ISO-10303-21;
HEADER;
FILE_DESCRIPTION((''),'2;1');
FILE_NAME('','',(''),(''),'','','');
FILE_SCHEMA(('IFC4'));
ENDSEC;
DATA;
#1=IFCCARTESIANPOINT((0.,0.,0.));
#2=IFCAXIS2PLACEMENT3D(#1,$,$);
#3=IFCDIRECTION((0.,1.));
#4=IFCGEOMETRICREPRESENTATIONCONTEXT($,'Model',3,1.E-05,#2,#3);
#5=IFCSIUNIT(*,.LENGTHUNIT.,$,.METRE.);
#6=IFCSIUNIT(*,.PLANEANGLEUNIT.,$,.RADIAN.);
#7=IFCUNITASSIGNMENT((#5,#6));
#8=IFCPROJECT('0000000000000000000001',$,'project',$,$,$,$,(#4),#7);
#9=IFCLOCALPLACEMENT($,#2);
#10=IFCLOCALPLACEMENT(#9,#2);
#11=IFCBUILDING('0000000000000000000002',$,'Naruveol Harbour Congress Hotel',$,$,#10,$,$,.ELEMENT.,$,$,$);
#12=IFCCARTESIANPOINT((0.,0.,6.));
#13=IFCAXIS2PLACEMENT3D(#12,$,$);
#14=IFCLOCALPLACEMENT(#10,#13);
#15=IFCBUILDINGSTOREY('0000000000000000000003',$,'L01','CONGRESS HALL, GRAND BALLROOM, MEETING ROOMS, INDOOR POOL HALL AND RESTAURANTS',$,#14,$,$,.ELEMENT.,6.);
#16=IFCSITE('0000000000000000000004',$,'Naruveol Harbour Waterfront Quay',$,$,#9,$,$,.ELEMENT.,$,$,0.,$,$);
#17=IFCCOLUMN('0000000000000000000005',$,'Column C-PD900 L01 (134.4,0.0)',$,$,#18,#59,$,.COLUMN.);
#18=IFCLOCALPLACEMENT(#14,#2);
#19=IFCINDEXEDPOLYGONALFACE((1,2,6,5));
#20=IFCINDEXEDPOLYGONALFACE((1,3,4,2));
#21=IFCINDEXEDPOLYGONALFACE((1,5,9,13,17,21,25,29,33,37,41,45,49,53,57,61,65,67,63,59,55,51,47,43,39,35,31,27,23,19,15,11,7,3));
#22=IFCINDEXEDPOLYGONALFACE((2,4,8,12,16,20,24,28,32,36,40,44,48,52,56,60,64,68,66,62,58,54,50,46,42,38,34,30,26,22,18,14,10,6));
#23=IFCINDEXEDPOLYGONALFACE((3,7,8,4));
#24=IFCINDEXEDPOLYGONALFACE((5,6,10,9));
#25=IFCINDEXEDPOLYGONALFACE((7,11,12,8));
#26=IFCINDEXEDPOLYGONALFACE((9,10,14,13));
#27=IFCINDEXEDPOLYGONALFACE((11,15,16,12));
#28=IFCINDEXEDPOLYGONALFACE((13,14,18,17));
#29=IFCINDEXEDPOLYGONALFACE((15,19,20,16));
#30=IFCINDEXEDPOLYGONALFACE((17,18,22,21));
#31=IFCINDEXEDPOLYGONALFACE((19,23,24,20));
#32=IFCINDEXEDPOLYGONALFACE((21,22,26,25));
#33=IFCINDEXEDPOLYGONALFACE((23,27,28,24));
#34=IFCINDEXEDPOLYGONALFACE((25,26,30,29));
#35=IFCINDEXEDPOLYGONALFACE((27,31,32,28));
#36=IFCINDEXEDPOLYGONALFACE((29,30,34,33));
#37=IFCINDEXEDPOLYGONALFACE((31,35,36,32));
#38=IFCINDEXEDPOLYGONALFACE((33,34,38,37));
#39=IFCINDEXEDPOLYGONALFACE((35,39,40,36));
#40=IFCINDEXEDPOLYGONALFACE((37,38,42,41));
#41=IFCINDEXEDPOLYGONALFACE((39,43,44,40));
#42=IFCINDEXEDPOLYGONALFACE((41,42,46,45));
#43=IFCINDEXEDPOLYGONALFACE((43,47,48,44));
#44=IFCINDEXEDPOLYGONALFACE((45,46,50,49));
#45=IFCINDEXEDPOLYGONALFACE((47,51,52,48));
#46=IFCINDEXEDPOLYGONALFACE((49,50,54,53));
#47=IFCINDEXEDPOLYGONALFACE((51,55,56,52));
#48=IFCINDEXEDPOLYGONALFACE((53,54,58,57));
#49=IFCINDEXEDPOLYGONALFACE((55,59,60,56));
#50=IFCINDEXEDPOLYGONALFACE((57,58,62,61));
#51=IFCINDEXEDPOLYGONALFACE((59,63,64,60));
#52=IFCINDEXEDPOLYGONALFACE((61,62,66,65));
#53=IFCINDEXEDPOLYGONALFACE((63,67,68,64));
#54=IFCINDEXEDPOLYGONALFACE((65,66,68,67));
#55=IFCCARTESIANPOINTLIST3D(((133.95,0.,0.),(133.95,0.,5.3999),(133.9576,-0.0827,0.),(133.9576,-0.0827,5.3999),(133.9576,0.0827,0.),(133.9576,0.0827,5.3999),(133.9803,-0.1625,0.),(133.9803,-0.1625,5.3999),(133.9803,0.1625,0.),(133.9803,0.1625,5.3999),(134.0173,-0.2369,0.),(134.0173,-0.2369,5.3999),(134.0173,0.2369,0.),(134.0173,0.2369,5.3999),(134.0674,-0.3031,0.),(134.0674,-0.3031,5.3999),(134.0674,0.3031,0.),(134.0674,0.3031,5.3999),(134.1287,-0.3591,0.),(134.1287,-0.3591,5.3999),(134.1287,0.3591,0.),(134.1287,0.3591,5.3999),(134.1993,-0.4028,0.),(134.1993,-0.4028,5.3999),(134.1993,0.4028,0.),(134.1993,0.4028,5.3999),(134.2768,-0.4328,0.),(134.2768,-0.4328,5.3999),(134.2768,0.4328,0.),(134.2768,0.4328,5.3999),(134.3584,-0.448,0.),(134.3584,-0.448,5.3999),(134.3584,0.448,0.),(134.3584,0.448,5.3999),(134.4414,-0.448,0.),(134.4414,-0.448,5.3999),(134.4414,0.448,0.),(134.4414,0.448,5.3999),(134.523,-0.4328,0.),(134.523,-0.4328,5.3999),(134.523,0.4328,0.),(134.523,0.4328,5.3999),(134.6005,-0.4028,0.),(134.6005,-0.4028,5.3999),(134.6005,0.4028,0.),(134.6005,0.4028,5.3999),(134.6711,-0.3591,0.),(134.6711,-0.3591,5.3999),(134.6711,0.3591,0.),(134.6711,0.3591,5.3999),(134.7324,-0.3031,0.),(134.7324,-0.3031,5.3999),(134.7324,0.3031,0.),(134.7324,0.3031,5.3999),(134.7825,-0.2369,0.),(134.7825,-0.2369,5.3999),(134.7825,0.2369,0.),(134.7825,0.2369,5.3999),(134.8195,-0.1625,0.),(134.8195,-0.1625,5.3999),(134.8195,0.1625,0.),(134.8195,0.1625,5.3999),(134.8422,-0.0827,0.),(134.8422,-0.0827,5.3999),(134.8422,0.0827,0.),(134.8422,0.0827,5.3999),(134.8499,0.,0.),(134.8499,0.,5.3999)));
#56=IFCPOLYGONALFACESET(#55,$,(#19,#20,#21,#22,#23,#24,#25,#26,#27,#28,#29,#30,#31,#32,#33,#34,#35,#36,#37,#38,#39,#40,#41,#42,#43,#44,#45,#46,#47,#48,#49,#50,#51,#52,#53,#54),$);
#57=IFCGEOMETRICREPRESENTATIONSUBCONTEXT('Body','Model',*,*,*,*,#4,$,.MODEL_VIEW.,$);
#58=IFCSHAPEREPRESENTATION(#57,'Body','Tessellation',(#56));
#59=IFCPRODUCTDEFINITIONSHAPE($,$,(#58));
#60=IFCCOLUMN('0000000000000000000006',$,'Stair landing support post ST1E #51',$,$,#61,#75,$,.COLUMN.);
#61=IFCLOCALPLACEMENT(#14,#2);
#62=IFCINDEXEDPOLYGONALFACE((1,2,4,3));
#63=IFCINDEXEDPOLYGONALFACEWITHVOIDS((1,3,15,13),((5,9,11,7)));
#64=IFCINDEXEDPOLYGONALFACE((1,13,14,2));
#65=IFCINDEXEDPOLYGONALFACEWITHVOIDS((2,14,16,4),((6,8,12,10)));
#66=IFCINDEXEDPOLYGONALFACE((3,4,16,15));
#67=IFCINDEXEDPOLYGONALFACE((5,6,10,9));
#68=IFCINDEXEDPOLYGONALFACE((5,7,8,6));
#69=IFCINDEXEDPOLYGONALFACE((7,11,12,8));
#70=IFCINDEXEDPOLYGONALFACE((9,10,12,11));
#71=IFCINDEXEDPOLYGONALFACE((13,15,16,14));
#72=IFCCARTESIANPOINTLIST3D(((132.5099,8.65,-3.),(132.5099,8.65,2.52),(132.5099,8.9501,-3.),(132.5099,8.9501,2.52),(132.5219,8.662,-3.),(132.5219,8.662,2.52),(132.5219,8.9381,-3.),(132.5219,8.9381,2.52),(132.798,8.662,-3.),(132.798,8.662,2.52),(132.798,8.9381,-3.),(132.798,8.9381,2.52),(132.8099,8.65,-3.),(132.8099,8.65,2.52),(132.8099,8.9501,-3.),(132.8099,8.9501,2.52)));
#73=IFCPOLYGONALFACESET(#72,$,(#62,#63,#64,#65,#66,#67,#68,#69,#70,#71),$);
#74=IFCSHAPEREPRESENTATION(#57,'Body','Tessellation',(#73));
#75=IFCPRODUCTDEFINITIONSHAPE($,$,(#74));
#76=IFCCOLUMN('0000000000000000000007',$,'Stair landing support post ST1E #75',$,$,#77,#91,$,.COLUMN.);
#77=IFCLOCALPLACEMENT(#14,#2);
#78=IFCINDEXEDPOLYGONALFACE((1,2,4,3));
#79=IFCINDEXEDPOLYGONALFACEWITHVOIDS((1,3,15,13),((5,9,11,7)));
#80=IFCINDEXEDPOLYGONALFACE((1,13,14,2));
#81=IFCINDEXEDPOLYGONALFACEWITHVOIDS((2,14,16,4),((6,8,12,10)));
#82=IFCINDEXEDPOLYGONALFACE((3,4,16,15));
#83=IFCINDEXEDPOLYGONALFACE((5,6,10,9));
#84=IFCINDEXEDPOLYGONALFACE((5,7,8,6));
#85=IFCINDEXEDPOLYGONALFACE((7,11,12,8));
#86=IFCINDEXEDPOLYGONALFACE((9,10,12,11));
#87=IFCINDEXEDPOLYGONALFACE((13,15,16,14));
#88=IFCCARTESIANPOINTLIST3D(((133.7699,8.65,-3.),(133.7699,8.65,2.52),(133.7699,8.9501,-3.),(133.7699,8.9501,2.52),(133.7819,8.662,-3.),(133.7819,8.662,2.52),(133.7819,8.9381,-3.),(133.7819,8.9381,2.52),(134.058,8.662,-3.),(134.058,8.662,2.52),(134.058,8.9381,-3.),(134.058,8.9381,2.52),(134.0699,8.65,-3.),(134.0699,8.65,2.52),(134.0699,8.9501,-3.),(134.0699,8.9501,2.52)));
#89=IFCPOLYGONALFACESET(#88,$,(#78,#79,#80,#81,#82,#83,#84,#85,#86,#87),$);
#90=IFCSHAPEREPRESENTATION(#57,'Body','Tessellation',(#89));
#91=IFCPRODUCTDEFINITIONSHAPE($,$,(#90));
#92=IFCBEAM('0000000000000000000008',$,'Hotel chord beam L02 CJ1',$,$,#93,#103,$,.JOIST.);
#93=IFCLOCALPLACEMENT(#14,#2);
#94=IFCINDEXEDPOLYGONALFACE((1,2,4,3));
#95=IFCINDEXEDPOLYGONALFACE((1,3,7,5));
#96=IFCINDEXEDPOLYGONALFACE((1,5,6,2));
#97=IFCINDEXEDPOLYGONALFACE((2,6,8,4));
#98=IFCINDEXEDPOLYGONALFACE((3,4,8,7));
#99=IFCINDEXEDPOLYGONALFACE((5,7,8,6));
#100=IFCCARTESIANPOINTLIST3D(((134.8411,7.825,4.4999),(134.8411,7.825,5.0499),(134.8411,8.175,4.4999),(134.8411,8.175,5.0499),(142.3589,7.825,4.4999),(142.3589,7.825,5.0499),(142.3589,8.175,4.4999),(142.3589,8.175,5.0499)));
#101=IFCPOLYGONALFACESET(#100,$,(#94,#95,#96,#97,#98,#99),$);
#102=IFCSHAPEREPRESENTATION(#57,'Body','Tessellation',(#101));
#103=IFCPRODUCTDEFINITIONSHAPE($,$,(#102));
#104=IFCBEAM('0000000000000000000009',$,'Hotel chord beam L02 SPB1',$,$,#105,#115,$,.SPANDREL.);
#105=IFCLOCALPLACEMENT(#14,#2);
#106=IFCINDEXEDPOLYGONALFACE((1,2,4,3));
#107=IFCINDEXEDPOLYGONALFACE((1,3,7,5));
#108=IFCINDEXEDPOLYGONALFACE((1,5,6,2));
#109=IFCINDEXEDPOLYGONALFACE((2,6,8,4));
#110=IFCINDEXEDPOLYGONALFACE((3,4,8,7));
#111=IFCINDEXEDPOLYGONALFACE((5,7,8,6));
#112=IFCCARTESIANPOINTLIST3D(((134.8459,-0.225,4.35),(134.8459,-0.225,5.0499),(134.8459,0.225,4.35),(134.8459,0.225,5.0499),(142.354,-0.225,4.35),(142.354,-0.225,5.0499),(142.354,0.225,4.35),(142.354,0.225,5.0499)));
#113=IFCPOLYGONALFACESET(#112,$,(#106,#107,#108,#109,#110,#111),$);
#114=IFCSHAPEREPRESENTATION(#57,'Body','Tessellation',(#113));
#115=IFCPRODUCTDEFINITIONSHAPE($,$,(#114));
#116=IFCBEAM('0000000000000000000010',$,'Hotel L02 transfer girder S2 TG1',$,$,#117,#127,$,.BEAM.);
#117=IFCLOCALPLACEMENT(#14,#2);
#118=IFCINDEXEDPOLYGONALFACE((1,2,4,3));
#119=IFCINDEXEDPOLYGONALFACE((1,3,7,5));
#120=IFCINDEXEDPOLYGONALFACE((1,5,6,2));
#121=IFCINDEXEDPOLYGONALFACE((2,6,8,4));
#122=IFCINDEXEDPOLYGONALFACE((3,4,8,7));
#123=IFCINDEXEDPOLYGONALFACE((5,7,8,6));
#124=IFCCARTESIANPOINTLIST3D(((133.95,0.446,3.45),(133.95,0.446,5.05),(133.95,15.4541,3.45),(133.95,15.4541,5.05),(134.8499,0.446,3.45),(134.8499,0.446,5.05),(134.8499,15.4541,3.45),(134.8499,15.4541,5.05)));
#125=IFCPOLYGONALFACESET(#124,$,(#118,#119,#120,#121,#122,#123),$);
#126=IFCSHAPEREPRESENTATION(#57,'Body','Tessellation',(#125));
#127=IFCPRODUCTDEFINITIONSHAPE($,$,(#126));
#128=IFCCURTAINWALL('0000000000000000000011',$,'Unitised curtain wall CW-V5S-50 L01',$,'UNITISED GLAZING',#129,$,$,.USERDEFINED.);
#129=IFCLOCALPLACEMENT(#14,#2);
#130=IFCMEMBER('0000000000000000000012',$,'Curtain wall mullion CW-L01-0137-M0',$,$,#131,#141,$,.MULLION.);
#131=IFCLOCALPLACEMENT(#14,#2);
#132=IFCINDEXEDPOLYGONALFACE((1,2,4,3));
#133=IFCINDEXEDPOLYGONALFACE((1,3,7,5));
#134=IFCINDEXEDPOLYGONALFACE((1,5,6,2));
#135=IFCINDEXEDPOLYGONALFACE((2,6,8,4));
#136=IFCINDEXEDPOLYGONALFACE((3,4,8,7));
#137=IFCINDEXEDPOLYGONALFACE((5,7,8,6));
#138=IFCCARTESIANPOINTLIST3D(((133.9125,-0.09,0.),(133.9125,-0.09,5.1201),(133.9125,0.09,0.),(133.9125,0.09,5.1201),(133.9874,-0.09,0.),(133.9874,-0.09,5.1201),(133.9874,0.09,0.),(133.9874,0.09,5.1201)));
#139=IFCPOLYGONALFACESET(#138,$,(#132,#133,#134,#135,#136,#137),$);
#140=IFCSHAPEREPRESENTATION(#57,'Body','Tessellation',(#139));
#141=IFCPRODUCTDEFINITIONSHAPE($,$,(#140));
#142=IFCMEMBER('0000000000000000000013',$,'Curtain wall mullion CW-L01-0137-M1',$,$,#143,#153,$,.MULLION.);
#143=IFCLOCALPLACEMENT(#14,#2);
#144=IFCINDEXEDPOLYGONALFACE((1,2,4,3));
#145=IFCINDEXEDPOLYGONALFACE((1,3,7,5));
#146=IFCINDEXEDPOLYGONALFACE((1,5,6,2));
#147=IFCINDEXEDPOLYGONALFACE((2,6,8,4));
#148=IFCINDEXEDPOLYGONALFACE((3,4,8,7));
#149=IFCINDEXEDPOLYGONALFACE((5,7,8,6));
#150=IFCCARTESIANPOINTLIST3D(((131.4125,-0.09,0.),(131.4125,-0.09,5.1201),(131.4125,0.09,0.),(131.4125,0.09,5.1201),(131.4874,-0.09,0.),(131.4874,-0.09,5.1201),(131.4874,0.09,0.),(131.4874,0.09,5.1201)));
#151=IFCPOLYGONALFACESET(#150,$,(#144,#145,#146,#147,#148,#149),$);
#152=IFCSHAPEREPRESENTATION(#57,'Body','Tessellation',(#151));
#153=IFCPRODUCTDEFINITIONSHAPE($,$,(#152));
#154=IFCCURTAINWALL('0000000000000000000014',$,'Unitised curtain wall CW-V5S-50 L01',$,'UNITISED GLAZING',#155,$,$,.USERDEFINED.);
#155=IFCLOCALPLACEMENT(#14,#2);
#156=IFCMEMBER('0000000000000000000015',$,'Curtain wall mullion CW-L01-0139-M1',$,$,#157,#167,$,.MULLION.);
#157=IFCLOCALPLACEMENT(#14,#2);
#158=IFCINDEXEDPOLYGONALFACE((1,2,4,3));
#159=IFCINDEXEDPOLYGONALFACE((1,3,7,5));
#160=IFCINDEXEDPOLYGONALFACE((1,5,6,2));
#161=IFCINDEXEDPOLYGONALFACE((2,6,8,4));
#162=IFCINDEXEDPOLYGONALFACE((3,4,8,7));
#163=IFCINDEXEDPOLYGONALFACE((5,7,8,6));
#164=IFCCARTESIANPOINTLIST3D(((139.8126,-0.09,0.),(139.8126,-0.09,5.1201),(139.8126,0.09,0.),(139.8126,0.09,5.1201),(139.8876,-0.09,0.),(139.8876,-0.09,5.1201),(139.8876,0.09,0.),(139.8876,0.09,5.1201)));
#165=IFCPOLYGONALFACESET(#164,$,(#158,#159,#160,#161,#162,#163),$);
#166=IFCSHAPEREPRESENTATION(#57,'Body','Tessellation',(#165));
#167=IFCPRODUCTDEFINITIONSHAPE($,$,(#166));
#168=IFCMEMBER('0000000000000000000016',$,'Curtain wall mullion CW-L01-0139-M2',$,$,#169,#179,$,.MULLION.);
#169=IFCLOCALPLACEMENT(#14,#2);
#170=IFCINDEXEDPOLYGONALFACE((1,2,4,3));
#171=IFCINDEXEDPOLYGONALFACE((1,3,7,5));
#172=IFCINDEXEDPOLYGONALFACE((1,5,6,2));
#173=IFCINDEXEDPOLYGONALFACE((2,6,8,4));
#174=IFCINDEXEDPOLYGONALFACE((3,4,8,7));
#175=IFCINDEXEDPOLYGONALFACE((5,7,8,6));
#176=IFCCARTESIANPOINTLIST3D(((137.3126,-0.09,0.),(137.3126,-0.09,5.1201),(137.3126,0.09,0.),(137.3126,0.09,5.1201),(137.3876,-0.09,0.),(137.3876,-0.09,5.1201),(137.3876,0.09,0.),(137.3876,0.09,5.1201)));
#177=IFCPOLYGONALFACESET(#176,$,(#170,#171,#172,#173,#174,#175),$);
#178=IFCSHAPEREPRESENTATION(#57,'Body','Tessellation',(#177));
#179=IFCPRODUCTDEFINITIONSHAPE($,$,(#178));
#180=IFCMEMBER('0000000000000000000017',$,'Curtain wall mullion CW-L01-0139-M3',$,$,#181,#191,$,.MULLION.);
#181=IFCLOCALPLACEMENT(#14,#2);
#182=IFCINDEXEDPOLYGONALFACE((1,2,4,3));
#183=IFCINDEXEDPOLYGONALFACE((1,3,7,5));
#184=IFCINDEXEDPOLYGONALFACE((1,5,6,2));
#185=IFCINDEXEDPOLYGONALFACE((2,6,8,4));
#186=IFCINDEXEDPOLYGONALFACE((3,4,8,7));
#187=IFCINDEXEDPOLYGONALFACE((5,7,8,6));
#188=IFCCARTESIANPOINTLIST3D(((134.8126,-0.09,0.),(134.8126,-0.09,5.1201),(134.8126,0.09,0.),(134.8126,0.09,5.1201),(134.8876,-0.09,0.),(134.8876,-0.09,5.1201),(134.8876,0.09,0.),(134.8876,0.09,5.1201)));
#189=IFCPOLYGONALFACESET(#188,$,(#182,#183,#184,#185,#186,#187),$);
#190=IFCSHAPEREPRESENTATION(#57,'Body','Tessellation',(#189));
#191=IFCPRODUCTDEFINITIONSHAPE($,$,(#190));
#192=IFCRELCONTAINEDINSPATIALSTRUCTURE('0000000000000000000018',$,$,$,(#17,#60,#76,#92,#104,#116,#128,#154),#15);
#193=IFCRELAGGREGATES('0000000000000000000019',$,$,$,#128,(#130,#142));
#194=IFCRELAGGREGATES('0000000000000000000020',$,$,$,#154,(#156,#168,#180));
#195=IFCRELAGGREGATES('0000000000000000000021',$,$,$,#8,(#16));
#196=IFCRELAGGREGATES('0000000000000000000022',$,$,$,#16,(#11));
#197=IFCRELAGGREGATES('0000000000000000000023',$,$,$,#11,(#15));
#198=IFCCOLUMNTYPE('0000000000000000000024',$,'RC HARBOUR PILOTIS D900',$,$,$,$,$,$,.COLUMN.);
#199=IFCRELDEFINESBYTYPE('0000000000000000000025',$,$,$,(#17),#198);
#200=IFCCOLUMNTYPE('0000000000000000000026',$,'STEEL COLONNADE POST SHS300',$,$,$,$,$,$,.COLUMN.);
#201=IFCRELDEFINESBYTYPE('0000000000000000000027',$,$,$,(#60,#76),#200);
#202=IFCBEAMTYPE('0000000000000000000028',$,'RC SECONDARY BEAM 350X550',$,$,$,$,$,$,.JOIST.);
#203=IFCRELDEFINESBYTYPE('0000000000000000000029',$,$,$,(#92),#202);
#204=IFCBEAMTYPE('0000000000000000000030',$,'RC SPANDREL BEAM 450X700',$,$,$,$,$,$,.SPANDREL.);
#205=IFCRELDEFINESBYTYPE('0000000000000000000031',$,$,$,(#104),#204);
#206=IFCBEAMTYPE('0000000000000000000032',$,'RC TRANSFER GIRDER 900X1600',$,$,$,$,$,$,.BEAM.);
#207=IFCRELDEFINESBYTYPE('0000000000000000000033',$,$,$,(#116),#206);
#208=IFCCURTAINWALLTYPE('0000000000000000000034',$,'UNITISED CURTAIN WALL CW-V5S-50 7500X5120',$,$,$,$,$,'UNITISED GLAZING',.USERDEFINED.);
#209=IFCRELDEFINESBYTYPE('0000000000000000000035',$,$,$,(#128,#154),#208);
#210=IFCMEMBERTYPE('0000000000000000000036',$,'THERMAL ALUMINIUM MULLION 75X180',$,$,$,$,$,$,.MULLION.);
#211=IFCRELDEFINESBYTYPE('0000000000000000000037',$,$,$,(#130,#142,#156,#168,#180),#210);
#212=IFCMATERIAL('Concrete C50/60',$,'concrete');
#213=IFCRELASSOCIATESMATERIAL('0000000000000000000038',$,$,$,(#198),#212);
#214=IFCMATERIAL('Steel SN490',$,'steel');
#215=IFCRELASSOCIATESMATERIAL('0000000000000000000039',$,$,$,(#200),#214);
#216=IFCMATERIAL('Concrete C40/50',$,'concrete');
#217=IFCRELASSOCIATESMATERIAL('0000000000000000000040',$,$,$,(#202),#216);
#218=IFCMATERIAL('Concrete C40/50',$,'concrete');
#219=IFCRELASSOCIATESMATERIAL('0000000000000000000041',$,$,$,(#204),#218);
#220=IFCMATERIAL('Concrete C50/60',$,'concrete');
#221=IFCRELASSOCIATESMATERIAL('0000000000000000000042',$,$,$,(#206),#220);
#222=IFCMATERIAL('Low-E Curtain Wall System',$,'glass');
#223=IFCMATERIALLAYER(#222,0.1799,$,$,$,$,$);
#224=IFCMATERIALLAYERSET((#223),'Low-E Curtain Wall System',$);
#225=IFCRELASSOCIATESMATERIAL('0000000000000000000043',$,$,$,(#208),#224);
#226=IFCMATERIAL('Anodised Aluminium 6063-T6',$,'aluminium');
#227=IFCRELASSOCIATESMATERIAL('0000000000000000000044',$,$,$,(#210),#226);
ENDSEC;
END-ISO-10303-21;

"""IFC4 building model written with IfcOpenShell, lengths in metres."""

from ifc_helpers import new_model, si_unit, direction, frame, origin, origin_2d, place, context, subcontext, project, spatial, rectangle, hollow_rectangle, circle, extrude, material, layer, layer_set, material_profile, profile_set, type_object, element, aggregate, save


model = new_model("IFC4")

# Units and contexts
model_context = context("Model", 3, precision=1e-05, world=origin(), true_north=direction((0.0, 1.0)))
body_context = subcontext(model_context, "Body", "Model", "MODEL_VIEW")
ifc_project = project(units=[si_unit("LENGTHUNIT", "METRE"), si_unit("PLANEANGLEUNIT", "RADIAN")], contexts=[model_context])

# Site, building, storey
site_placement = place(None, origin())
site = spatial("IfcSite", under=ifc_project, at=site_placement, Name="Naruveol Harbour Waterfront Quay", CompositionType="ELEMENT", RefElevation=0.0)
building_placement = place(site_placement, origin())
building = spatial("IfcBuilding", under=site, at=building_placement, Name="Naruveol Harbour Congress Hotel", CompositionType="ELEMENT")
storey_placement = place(building_placement, frame((0.0, 0.0, 6.0)))
storey = spatial("IfcBuildingStorey", under=building, at=storey_placement, Name="L01", Description="CONGRESS HALL, GRAND BALLROOM, MEETING ROOMS, INDOOR POOL HALL AND RESTAURANTS", CompositionType="ELEMENT", Elevation=6.0)

# Columns
ifc_material_1 = material(Name="Concrete C50/60", Category="concrete")
ifc_material_profile_1 = material_profile(ifc_material_1, circle(Radius=0.45, at=origin_2d()), Name="RC-D900")
ifc_profile_set_1 = profile_set([ifc_material_profile_1], Name="Concrete C50/60")
column_type_1 = type_object("IfcColumnType", Name="RC HARBOUR PILOTIS D900", PredefinedType="COLUMN", material=ifc_profile_set_1)
column_placement = place(storey_placement, frame((134.3999, 0.0, 0.0), z_axis=(0.0, 0.0, 1.0), x_axis=(1.0, 0.0, 0.0)))
element("IfcColumn", 1, at=column_placement, inside=storey, type_object=column_type_1, Name="Column C-PD900 L01 (134.4,0.0)", PredefinedType="COLUMN", context=body_context, shape_type="SweptSolid", body=[
    extrude(circle(Radius=0.45, at=origin_2d()), origin(), (0.0, 0.0, 1.0), 5.3999),
])
ifc_material_2 = material(Name="Steel SN490", Category="steel")
ifc_material_profile_2 = material_profile(ifc_material_2, hollow_rectangle(XDim=0.3, YDim=0.3, WallThickness=0.012, at=origin_2d()), Name="SHS-300x300x12")
ifc_profile_set_2 = profile_set([ifc_material_profile_2], Name="Steel SN490")
column_type_2 = type_object("IfcColumnType", Name="STEEL COLONNADE POST SHS300", PredefinedType="COLUMN", material=ifc_profile_set_2)
for number, where, z_axis, x_axis, name in (
    (2, (132.6599, 8.8, -3.0), (0.0, 0.0, 1.0), (1.0, 0.0, 0.0), "Stair landing support post ST1E #51"),
    (3, (133.9199, 8.8, -3.0), (0.0, 0.0, 1.0), (1.0, 0.0, 0.0), "Stair landing support post ST1E #75"),
):
    element("IfcColumn", number, at=place(storey_placement, frame(where, z_axis=z_axis, x_axis=x_axis)), inside=storey, type_object=column_type_2, Name=name, PredefinedType="COLUMN", context=body_context, shape_type="SweptSolid", body=[
        extrude(hollow_rectangle(XDim=0.3, YDim=0.3, WallThickness=0.012, at=origin_2d()), origin(), (0.0, 0.0, 1.0), 5.52),
    ])

# Beams
ifc_material_3 = material(Name="Concrete C40/50", Category="concrete")
ifc_material_profile_3 = material_profile(ifc_material_3, rectangle(XDim=0.3501, YDim=0.55, at=origin_2d()), Name="RCB-350x550")
ifc_profile_set_3 = profile_set([ifc_material_profile_3], Name="Concrete C40/50")
beam_type_1 = type_object("IfcBeamType", Name="RC SECONDARY BEAM 350X550", PredefinedType="JOIST", material=ifc_profile_set_3)
beam_1_placement = place(storey_placement, frame((134.8411, 8.0, 4.7749), z_axis=(1.0, 0.0, 0.0), x_axis=(0.0, 1.0, 0.0)))
element("IfcBeam", 4, at=beam_1_placement, inside=storey, type_object=beam_type_1, Name="Hotel chord beam L02 CJ1", PredefinedType="JOIST", context=body_context, shape_type="SweptSolid", body=[
    extrude(rectangle(XDim=0.3501, YDim=0.55, at=origin_2d()), origin(), (0.0, 0.0, 1.0), 7.5178),
])
ifc_material_4 = material(Name="Concrete C40/50", Category="concrete")
ifc_material_profile_4 = material_profile(ifc_material_4, rectangle(XDim=0.45, YDim=0.7, at=origin_2d()), Name="RCB-450x700")
ifc_profile_set_4 = profile_set([ifc_material_profile_4], Name="Concrete C40/50")
beam_type_2 = type_object("IfcBeamType", Name="RC SPANDREL BEAM 450X700", PredefinedType="SPANDREL", material=ifc_profile_set_4)
beam_2_placement = place(storey_placement, frame((134.8459, 0.0, 4.7), z_axis=(1.0, 0.0, 0.0), x_axis=(0.0, 1.0, 0.0)))
element("IfcBeam", 5, at=beam_2_placement, inside=storey, type_object=beam_type_2, Name="Hotel chord beam L02 SPB1", PredefinedType="SPANDREL", context=body_context, shape_type="SweptSolid", body=[
    extrude(rectangle(XDim=0.45, YDim=0.7, at=origin_2d()), origin(), (0.0, 0.0, 1.0), 7.5081),
])
ifc_material_5 = material(Name="Concrete C50/60", Category="concrete")
ifc_material_profile_5 = material_profile(ifc_material_5, rectangle(XDim=0.8999, YDim=1.6001, at=origin_2d()), Name="RCB-900x1600")
ifc_profile_set_5 = profile_set([ifc_material_profile_5], Name="Concrete C50/60")
beam_type_3 = type_object("IfcBeamType", Name="RC TRANSFER GIRDER 900X1600", PredefinedType="BEAM", material=ifc_profile_set_5)
beam_3_placement = place(storey_placement, frame((134.3999, 0.446, 4.25), z_axis=(0.0, 1.0, 0.0), x_axis=(-1.0, 0.0, 0.0)))
element("IfcBeam", 6, at=beam_3_placement, inside=storey, type_object=beam_type_3, Name="Hotel L02 transfer girder S2 TG1", PredefinedType="BEAM", context=body_context, shape_type="SweptSolid", body=[
    extrude(rectangle(XDim=0.8999, YDim=1.6001, at=origin_2d()), origin(), (0.0, 0.0, 1.0), 15.0081),
])

# Curtain walls, members
ifc_material_6 = material(Name="Low-E Curtain Wall System", Category="glass")
ifc_layer_1 = layer(ifc_material_6, 0.1799)
ifc_layer_set_1 = layer_set([ifc_layer_1], Name="Low-E Curtain Wall System")
curtain_wall_type = type_object("IfcCurtainWallType", Name="UNITISED CURTAIN WALL CW-V5S-50 7500X5120", ElementType="UNITISED GLAZING", PredefinedType="USERDEFINED", material=ifc_layer_set_1)
curtain_wall_1_placement = place(storey_placement, origin())
curtain_wall_1 = element("IfcCurtainWall", 7, at=curtain_wall_1_placement, inside=storey, type_object=curtain_wall_type, Name="Unitised curtain wall CW-V5S-50 L01", ObjectType="UNITISED GLAZING", PredefinedType="USERDEFINED")
ifc_material_7 = material(Name="Anodised Aluminium 6063-T6", Category="aluminium")
ifc_material_profile_6 = material_profile(ifc_material_7, rectangle(XDim=0.075, YDim=0.1799, at=origin_2d()), Name="ALU-75x180")
ifc_profile_set_6 = profile_set([ifc_material_profile_6], Name="Anodised Aluminium 6063-T6")
member_type_1 = type_object("IfcMemberType", Name="THERMAL ALUMINIUM MULLION 75X180", PredefinedType="MULLION", material=ifc_profile_set_6)
member_1_placement = place(storey_placement, frame((133.95, 0.0, 0.0), z_axis=(0.0, 0.0, 1.0), x_axis=(1.0, 0.0, 0.0)))
member_1 = element("IfcMember", 8, at=member_1_placement, type_object=member_type_1, Name="Curtain wall mullion CW-L01-0137-M0", PredefinedType="MULLION", context=body_context, shape_type="SweptSolid", body=[
    extrude(rectangle(XDim=0.075, YDim=0.1799, at=origin_2d()), origin(), (0.0, 0.0, 1.0), 5.1201),
])
member_2_placement = place(storey_placement, frame((131.45, 0.0, 0.0), z_axis=(0.0, 0.0, 1.0), x_axis=(1.0, 0.0, 0.0)))
member_2 = element("IfcMember", 9, at=member_2_placement, type_object=member_type_1, Name="Curtain wall mullion CW-L01-0137-M1", PredefinedType="MULLION", context=body_context, shape_type="SweptSolid", body=[
    extrude(rectangle(XDim=0.075, YDim=0.1799, at=origin_2d()), origin(), (0.0, 0.0, 1.0), 5.1201),
])
curtain_wall_2_placement = place(storey_placement, origin())
curtain_wall_2 = element("IfcCurtainWall", 10, at=curtain_wall_2_placement, inside=storey, type_object=curtain_wall_type, Name="Unitised curtain wall CW-V5S-50 L01", ObjectType="UNITISED GLAZING", PredefinedType="USERDEFINED")
member_3_placement = place(storey_placement, frame((139.8501, 0.0, 0.0), z_axis=(0.0, 0.0, 1.0), x_axis=(1.0, 0.0, 0.0)))
member_3 = element("IfcMember", 11, at=member_3_placement, type_object=member_type_1, Name="Curtain wall mullion CW-L01-0139-M1", PredefinedType="MULLION", context=body_context, shape_type="SweptSolid", body=[
    extrude(rectangle(XDim=0.075, YDim=0.1799, at=origin_2d()), origin(), (0.0, 0.0, 1.0), 5.1201),
])
member_4_placement = place(storey_placement, frame((137.3501, 0.0, 0.0), z_axis=(0.0, 0.0, 1.0), x_axis=(1.0, 0.0, 0.0)))
member_4 = element("IfcMember", 12, at=member_4_placement, type_object=member_type_1, Name="Curtain wall mullion CW-L01-0139-M2", PredefinedType="MULLION", context=body_context, shape_type="SweptSolid", body=[
    extrude(rectangle(XDim=0.075, YDim=0.1799, at=origin_2d()), origin(), (0.0, 0.0, 1.0), 5.1201),
])
member_5_placement = place(storey_placement, frame((134.8501, 0.0, 0.0), z_axis=(0.0, 0.0, 1.0), x_axis=(1.0, 0.0, 0.0)))
member_5 = element("IfcMember", 13, at=member_5_placement, type_object=member_type_1, Name="Curtain wall mullion CW-L01-0139-M3", PredefinedType="MULLION", context=body_context, shape_type="SweptSolid", body=[
    extrude(rectangle(XDim=0.075, YDim=0.1799, at=origin_2d()), origin(), (0.0, 0.0, 1.0), 5.1201),
])

aggregate(curtain_wall_1, [member_1, member_2])
aggregate(curtain_wall_2, [member_3, member_4, member_5])

save(model, "model.ifc")
